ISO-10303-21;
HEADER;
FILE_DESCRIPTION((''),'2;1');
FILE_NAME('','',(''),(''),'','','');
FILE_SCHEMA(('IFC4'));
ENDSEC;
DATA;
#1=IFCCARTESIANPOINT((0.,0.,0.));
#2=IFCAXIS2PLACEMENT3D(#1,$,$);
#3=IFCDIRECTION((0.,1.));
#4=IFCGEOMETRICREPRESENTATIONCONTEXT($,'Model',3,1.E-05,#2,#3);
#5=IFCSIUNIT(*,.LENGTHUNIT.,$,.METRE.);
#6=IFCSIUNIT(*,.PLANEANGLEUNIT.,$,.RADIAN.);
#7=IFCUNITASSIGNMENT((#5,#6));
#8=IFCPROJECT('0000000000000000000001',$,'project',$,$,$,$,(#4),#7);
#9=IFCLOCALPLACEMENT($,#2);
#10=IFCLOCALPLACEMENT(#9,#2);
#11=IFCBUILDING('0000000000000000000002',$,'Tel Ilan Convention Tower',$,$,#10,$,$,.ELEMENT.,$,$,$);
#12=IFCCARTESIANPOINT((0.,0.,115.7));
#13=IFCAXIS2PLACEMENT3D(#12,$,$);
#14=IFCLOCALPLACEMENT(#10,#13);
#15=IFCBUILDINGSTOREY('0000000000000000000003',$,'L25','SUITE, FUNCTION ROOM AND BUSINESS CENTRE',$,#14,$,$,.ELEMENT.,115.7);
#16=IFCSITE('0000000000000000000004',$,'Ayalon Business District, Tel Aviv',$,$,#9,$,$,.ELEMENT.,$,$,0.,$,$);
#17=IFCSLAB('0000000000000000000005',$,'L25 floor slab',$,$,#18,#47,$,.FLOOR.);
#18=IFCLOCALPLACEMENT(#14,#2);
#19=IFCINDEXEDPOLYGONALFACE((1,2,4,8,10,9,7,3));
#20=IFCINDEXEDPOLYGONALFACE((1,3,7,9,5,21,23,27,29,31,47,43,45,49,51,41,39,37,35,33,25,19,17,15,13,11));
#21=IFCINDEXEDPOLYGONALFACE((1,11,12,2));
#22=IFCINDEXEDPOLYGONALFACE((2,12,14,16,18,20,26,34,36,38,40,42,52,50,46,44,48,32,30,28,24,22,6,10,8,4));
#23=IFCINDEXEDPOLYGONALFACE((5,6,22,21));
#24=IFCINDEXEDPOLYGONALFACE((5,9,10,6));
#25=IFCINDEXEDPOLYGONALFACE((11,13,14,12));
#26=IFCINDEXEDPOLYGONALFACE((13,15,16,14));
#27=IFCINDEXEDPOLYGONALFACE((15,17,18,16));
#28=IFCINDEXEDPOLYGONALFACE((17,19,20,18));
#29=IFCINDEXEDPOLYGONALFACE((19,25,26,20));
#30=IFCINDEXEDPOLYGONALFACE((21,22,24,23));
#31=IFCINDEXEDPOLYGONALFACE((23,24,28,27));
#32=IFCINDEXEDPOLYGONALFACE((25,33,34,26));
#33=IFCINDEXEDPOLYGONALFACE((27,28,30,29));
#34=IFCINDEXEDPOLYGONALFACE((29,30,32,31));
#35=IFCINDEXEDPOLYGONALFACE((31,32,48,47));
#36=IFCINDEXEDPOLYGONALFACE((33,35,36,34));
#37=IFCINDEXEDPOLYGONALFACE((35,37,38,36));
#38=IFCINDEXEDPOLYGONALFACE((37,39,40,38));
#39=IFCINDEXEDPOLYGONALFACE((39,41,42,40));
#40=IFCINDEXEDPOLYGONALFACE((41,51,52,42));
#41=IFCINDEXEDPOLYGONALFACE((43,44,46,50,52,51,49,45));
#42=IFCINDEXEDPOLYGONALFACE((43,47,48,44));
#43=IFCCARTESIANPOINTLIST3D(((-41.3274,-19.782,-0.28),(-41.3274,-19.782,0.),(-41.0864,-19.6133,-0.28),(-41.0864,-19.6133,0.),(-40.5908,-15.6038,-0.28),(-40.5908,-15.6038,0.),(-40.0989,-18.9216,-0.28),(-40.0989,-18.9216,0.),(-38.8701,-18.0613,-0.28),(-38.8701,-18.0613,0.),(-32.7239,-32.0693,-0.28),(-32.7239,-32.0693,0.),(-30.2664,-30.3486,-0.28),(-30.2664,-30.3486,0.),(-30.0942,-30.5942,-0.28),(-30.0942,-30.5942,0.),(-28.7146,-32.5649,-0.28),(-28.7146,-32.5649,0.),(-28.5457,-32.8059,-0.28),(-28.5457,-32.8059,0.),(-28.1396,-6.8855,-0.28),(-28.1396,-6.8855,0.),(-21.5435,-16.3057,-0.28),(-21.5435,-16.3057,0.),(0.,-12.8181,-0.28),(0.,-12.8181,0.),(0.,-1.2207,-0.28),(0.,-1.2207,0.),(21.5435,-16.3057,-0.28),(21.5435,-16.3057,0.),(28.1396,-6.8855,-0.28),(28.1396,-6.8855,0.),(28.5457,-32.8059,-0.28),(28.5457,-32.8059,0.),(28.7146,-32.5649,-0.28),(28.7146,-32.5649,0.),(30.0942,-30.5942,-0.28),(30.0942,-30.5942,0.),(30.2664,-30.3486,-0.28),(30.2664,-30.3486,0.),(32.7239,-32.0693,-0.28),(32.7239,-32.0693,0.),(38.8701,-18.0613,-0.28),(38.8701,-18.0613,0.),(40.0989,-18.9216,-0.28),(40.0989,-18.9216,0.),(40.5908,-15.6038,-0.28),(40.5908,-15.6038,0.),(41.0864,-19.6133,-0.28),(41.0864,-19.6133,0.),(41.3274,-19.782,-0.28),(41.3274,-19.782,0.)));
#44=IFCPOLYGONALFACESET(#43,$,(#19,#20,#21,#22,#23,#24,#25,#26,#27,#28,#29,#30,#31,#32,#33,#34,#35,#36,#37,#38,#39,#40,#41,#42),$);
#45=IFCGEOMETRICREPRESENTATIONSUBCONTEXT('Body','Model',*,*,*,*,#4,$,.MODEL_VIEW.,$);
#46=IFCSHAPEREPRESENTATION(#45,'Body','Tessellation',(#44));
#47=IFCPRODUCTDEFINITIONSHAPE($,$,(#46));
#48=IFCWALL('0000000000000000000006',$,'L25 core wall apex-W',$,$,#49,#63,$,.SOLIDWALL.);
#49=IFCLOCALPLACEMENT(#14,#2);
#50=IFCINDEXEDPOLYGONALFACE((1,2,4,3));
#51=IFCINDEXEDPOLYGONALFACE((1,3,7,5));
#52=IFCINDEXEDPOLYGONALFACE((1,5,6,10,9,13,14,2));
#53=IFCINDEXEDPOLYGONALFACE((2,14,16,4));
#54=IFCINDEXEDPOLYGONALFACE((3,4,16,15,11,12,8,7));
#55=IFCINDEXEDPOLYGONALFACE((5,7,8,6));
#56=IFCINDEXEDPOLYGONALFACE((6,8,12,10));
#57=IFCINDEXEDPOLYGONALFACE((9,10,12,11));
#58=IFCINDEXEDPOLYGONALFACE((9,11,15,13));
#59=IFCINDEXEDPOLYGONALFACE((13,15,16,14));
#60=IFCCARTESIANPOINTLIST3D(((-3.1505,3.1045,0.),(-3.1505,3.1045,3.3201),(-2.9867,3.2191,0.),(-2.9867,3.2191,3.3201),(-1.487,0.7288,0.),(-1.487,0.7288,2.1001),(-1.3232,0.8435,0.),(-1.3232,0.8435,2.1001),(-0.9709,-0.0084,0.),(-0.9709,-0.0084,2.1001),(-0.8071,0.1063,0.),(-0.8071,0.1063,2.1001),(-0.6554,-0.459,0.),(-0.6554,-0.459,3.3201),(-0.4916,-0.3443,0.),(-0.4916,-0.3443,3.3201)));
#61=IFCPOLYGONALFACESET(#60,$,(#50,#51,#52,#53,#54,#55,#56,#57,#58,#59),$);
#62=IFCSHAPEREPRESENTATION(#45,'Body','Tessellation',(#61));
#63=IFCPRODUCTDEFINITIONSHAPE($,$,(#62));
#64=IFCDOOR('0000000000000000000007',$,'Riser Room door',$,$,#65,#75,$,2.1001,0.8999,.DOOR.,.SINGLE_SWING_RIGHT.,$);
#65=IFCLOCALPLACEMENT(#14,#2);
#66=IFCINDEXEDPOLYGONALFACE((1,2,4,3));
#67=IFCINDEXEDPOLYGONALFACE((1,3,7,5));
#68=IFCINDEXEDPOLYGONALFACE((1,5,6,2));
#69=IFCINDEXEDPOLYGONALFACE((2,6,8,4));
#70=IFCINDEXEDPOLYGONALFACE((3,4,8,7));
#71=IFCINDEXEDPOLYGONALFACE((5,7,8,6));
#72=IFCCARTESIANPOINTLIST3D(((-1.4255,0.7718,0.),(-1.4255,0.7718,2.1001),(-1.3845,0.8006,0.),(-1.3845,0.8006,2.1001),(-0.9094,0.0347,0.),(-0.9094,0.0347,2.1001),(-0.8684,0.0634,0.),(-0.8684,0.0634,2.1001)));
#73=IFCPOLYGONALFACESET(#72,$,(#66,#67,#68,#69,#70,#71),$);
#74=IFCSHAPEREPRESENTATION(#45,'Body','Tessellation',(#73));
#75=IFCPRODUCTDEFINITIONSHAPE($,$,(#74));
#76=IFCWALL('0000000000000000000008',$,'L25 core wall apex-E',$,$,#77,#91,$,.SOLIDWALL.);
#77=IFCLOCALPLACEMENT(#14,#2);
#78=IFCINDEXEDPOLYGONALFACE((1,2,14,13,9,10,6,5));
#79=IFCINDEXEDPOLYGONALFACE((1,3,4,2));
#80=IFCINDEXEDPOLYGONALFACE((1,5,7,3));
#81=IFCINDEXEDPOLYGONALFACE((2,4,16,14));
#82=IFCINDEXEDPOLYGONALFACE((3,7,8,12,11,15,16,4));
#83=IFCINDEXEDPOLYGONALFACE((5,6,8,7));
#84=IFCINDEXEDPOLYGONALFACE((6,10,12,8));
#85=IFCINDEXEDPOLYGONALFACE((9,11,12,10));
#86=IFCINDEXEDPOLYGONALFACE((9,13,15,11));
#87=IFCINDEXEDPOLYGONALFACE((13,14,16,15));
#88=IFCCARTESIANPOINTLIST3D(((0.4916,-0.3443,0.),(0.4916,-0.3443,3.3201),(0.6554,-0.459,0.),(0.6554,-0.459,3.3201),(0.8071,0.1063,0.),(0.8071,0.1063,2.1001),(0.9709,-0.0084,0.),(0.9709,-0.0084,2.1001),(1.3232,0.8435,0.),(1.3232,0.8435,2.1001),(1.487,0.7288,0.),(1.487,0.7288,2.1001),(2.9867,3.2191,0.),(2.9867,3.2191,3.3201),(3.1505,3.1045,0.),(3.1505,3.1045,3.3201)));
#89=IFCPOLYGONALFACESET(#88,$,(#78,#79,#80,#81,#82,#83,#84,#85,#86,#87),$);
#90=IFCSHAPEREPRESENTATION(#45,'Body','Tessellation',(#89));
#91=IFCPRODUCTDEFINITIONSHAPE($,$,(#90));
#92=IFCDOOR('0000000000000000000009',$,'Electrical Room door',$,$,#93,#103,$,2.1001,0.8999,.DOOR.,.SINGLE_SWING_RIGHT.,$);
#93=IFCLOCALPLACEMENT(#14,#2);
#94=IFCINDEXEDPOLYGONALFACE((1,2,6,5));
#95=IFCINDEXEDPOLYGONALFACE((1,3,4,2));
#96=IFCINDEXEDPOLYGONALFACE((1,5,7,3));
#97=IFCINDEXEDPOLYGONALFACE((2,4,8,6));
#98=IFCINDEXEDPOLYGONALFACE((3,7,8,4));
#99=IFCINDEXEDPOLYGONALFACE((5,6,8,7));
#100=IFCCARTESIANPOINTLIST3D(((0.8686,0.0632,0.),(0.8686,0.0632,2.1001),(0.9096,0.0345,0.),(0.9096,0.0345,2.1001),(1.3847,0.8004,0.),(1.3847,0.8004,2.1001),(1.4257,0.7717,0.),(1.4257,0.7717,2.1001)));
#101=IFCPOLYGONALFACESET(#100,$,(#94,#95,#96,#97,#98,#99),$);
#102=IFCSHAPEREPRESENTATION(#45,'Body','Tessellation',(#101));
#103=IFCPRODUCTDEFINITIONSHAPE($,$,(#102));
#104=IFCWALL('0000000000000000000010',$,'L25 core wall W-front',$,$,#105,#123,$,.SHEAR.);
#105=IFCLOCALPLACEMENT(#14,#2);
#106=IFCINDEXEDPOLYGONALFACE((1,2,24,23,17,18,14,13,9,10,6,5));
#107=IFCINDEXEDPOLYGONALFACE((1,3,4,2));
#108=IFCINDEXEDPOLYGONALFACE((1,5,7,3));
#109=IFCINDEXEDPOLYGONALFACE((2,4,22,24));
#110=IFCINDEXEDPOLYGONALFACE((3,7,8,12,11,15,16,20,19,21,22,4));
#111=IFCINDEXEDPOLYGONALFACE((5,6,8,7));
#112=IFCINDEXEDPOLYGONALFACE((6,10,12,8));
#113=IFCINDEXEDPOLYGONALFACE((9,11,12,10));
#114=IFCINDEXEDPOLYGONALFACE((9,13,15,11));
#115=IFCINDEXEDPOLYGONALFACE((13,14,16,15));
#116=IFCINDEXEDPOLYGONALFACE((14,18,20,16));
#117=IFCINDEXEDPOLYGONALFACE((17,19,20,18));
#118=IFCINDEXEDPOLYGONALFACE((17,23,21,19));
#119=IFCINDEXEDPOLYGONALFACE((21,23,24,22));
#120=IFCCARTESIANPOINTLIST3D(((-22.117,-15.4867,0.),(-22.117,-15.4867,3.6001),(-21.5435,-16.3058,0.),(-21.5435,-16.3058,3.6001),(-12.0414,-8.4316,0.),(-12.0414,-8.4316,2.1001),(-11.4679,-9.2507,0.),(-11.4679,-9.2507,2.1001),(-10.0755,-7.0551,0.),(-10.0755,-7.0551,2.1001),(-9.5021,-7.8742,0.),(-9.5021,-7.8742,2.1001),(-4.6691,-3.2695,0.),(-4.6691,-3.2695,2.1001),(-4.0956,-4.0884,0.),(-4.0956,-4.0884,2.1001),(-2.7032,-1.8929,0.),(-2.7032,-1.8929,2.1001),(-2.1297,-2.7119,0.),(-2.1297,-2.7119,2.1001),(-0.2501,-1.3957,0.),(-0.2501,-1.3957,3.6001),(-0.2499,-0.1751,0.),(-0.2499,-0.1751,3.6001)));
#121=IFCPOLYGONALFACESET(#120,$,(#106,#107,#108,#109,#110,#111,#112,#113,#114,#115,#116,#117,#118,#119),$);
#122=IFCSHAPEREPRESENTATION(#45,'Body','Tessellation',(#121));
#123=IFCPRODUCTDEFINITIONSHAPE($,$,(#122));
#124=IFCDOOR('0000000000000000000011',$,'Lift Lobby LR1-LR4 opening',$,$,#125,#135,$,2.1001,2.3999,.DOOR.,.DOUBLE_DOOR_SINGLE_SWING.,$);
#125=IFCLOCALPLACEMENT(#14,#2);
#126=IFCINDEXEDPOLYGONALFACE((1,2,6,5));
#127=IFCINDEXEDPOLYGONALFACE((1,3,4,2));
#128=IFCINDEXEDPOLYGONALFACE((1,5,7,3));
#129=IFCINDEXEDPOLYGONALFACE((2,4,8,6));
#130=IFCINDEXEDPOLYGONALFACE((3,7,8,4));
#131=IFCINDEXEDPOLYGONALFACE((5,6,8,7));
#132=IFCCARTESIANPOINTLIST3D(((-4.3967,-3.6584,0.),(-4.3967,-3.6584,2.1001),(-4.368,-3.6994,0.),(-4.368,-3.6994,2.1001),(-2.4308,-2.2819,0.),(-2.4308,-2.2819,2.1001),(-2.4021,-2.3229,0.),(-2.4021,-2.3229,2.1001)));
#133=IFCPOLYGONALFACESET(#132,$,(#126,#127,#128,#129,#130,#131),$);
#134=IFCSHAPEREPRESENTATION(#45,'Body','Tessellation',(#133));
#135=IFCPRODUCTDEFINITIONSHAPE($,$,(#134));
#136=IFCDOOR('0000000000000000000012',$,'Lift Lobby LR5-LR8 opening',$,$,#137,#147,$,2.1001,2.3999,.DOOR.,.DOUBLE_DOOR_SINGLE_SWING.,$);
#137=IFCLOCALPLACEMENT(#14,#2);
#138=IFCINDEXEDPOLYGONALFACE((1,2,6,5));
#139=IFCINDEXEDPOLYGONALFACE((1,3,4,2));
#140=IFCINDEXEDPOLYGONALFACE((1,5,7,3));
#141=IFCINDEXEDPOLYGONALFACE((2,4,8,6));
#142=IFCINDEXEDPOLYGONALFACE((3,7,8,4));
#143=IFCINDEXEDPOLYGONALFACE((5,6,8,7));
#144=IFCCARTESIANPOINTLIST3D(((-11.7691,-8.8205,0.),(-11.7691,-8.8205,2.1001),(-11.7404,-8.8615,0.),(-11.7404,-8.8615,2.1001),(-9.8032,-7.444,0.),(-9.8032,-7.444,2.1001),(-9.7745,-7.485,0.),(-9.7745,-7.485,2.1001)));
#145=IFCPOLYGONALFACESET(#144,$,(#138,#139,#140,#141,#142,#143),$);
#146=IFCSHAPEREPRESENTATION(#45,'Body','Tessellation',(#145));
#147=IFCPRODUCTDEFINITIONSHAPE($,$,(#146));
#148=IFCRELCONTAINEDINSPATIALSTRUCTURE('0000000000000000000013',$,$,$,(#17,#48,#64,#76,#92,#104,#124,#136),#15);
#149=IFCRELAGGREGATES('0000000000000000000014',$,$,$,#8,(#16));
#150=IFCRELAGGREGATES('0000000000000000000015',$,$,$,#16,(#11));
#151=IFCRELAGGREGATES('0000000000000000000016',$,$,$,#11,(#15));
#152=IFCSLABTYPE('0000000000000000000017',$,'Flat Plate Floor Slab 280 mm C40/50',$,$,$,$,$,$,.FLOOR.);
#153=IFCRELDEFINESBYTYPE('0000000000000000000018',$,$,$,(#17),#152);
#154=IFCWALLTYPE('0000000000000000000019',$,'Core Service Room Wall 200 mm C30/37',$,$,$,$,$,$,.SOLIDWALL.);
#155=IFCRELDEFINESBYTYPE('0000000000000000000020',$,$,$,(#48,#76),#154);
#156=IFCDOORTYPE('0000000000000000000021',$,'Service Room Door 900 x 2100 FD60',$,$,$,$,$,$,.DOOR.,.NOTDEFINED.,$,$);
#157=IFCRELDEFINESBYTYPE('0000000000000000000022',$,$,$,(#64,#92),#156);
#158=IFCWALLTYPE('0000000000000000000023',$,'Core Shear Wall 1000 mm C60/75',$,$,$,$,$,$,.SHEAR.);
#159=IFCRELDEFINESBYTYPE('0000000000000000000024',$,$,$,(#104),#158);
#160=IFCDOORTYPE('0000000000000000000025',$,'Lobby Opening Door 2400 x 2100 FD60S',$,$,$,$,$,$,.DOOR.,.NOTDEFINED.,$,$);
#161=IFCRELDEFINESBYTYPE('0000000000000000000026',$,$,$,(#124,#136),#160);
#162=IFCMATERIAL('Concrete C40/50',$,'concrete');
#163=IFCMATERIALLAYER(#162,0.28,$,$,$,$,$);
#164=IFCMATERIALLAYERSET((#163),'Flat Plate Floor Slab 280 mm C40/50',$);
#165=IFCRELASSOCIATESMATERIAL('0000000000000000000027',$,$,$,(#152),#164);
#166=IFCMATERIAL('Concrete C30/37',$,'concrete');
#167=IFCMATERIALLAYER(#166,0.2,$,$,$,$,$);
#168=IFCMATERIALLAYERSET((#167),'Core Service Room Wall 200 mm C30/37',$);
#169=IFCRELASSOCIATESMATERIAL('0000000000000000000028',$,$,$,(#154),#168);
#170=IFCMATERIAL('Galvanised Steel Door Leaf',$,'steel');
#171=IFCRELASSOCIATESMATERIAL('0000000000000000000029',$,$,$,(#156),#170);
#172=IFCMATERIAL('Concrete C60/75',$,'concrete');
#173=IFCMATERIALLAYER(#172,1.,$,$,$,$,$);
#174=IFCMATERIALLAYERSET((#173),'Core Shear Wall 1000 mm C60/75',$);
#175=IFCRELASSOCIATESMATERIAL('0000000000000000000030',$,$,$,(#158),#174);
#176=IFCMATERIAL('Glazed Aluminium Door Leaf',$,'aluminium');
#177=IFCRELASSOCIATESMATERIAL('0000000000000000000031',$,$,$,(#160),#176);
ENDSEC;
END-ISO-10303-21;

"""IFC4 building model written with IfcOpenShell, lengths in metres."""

from ifc_helpers import new_model, si_unit, direction, frame, frame_2d, origin, place, context, subcontext, project, spatial, polyline, rectangle, outline, extrude, material, layer, layer_set, type_object, element, fill, save


model = new_model("IFC4")

# Units and contexts
model_context = context("Model", 3, precision=1e-05, world=origin(), true_north=direction((0.0, 1.0)))
body_context = subcontext(model_context, "Body", "Model", "MODEL_VIEW")
ifc_project = project(units=[si_unit("LENGTHUNIT", "METRE"), si_unit("PLANEANGLEUNIT", "RADIAN")], contexts=[model_context])

# Site, building, storey
site_placement = place(None, origin())
site = spatial("IfcSite", under=ifc_project, at=site_placement, Name="Ayalon Business District, Tel Aviv", CompositionType="ELEMENT", RefElevation=0.0)
building_placement = place(site_placement, origin())
building = spatial("IfcBuilding", under=site, at=building_placement, Name="Tel Ilan Convention Tower", CompositionType="ELEMENT")
storey_placement = place(building_placement, frame((0.0, 0.0, 115.7)))
storey = spatial("IfcBuildingStorey", under=building, at=storey_placement, Name="L25", Description="SUITE, FUNCTION ROOM AND BUSINESS CENTRE", CompositionType="ELEMENT", Elevation=115.7)

# Slab
ifc_material_1 = material(Name="Concrete C40/50", Category="concrete")
ifc_layer_1 = layer(ifc_material_1, 0.28)
ifc_layer_set_1 = layer_set([ifc_layer_1], Name="Flat Plate Floor Slab 280 mm C40/50")
slab_type_1 = type_object("IfcSlabType", Name="Flat Plate Floor Slab 280 mm C40/50", PredefinedType="FLOOR", material=ifc_layer_set_1)
slab_1_placement = place(storey_placement, frame((0.0, 0.0, -0.28)))
element("IfcSlab", 1, at=slab_1_placement, inside=storey, type_object=slab_type_1, Name="L25 floor slab", PredefinedType="FLOOR", context=body_context, shape_type="SweptSolid", body=[
    extrude(outline(polyline([(41.0864, -19.6133), (41.3274, -19.782), (32.7239, -32.0693), (30.2664, -30.3486), (30.0942, -30.5942), (28.7146, -32.5649), (28.5457, -32.8059), (0.0, -12.8181), (-28.5457, -32.8059), (-28.7146, -32.5649), (-30.0942, -30.5942), (-30.2664, -30.3486), (-32.7239, -32.0693), (-41.3274, -19.782), (-41.0864, -19.6133), (-40.0989, -18.9216), (-38.8701, -18.0613), (-40.5908, -15.6038), (-28.1396, -6.8855), (-21.5435, -16.3057), (0.0, -1.2207), (21.5435, -16.3057), (28.1396, -6.8855), (40.5908, -15.6038), (38.8701, -18.0613), (40.0989, -18.9216), (41.0864, -19.6133)])), origin(), (0.0, 0.0, 1.0), 0.28),
])

# Walls, openings, doors
ifc_material_2 = material(Name="Concrete C30/37", Category="concrete")
ifc_layer_2 = layer(ifc_material_2, 0.2)
ifc_layer_set_2 = layer_set([ifc_layer_2], Name="Core Service Room Wall 200 mm C30/37")
wall_type_1 = type_object("IfcWallType", Name="Core Service Room Wall 200 mm C30/37", PredefinedType="SOLIDWALL", material=ifc_layer_set_2)
wall_1_placement = place(storey_placement, frame((-0.5735, -0.4016, 0.0), z_axis=(0.0, 0.0, 1.0), x_axis=(-0.573568, 0.819158, 0.0)))
wall_1 = element("IfcWall", 2, at=wall_1_placement, inside=storey, type_object=wall_type_1, Name="L25 core wall apex-W", PredefinedType="SOLIDWALL", context=body_context, shape_type="SweptSolid", body=[
    extrude(rectangle(XDim=4.3501, YDim=0.2, at=frame_2d((2.175, 0.0))), origin(), (0.0, 0.0, 1.0), 3.3201),
])
opening_1_placement = place(wall_1_placement, frame((0.55, 0.0, 0.0)))
opening_1 = element("IfcOpeningElement", 3, at=opening_1_placement, cuts=wall_1, PredefinedType="OPENING", context=body_context, shape_type="SweptSolid", body=[
    extrude(rectangle(XDim=0.8999, YDim=2.1001, at=frame_2d((0.45, 1.05))), frame((0.0, 0.1099, 0.0), z_axis=(0.0, -1.0, 0.0), x_axis=(1.0, 0.0, 0.0)), (0.0, 0.0, 1.0), 0.22),
])
ifc_material_3 = material(Name="Galvanised Steel Door Leaf", Category="steel")
door_type_1 = type_object("IfcDoorType", Name="Service Room Door 900 x 2100 FD60", OperationType="NOTDEFINED", PredefinedType="DOOR", material=ifc_material_3)
door_1_placement = place(opening_1_placement, origin())
door_1 = element("IfcDoor", 4, at=door_1_placement, inside=storey, type_object=door_type_1, Name="Riser Room door", OperationType="SINGLE_SWING_RIGHT", OverallHeight=2.1001, OverallWidth=0.8999, PredefinedType="DOOR", context=body_context, shape_type="SweptSolid", body=[
    extrude(rectangle(XDim=0.8999, YDim=2.1001, at=frame_2d((0.45, 1.05))), frame((0.0, 0.0249, 0.0), z_axis=(0.0, -1.0, 0.0), x_axis=(1.0, 0.0, 0.0)), (0.0, 0.0, 1.0), 0.05),
])
fill(opening_1, door_1)
wall_2_placement = place(storey_placement, frame((0.5735, -0.4016, 0.0), z_axis=(0.0, 0.0, 1.0), x_axis=(0.573568, 0.819158, 0.0)))
wall_2 = element("IfcWall", 5, at=wall_2_placement, inside=storey, type_object=wall_type_1, Name="L25 core wall apex-E", PredefinedType="SOLIDWALL", context=body_context, shape_type="SweptSolid", body=[
    extrude(rectangle(XDim=4.3501, YDim=0.2, at=frame_2d((2.175, 0.0))), origin(), (0.0, 0.0, 1.0), 3.3201),
])
opening_2_placement = place(wall_2_placement, frame((0.55, 0.0, 0.0)))
opening_2 = element("IfcOpeningElement", 6, at=opening_2_placement, cuts=wall_2, PredefinedType="OPENING", context=body_context, shape_type="SweptSolid", body=[
    extrude(rectangle(XDim=0.8999, YDim=2.1001, at=frame_2d((0.45, 1.05))), frame((0.0, 0.1099, 0.0), z_axis=(0.0, -1.0, 0.0), x_axis=(1.0, 0.0, 0.0)), (0.0, 0.0, 1.0), 0.22),
])
door_2_placement = place(opening_2_placement, origin())
door_2 = element("IfcDoor", 7, at=door_2_placement, inside=storey, type_object=door_type_1, Name="Electrical Room door", OperationType="SINGLE_SWING_RIGHT", OverallHeight=2.1001, OverallWidth=0.8999, PredefinedType="DOOR", context=body_context, shape_type="SweptSolid", body=[
    extrude(rectangle(XDim=0.8999, YDim=2.1001, at=frame_2d((0.45, 1.05))), frame((0.0, 0.0249, 0.0), z_axis=(0.0, -1.0, 0.0), x_axis=(1.0, 0.0, 0.0)), (0.0, 0.0, 1.0), 0.05),
])
fill(opening_2, door_2)

# Wall, openings, doors
ifc_material_4 = material(Name="Concrete C60/75", Category="concrete")
ifc_layer_3 = layer(ifc_material_4, 1.0)
ifc_layer_set_3 = layer_set([ifc_layer_3], Name="Core Shear Wall 1000 mm C60/75")
wall_type_2 = type_object("IfcWallType", Name="Core Shear Wall 1000 mm C60/75", PredefinedType="SHEAR", material=ifc_layer_set_3)
wall_3_placement = place(storey_placement, frame((0.0369, -0.5847, 0.0), z_axis=(0.0, 0.0, 1.0), x_axis=(-0.819157, -0.573569, 0.0)))
wall_3 = element("IfcWall", 8, at=wall_3_placement, inside=storey, type_object=wall_type_2, Name="L25 core wall W-front", PredefinedType="SHEAR", context=body_context, shape_type="SweptSolid", body=[
    extrude(outline(polyline([(26.6948, 0.5002), (0.7002, 0.4998), (0.0, -0.5), (26.6948, -0.4998), (26.6948, 0.5002)])), origin(), (0.0, 0.0, 1.0), 3.6001),
])
opening_3_placement = place(wall_3_placement, frame((2.9949, 0.0, 0.0)))
opening_3 = element("IfcOpeningElement", 9, at=opening_3_placement, cuts=wall_3, PredefinedType="OPENING", context=body_context, shape_type="SweptSolid", body=[
    extrude(rectangle(XDim=2.3999, YDim=2.1001, at=frame_2d((1.2, 1.05))), frame((0.0, 0.51, 0.0), z_axis=(0.0, -1.0, 0.0), x_axis=(1.0, 0.0, 0.0)), (0.0, 0.0, 1.0), 1.02),
])
opening_4_placement = place(wall_3_placement, frame((11.9949, 0.0, 0.0)))
opening_4 = element("IfcOpeningElement", 10, at=opening_4_placement, cuts=wall_3, PredefinedType="OPENING", context=body_context, shape_type="SweptSolid", body=[
    extrude(rectangle(XDim=2.3999, YDim=2.1001, at=frame_2d((1.2, 1.05))), frame((0.0, 0.51, 0.0), z_axis=(0.0, -1.0, 0.0), x_axis=(1.0, 0.0, 0.0)), (0.0, 0.0, 1.0), 1.02),
])
ifc_material_5 = material(Name="Glazed Aluminium Door Leaf", Category="aluminium")
door_type_2 = type_object("IfcDoorType", Name="Lobby Opening Door 2400 x 2100 FD60S", OperationType="NOTDEFINED", PredefinedType="DOOR", material=ifc_material_5)
door_3_placement = place(opening_3_placement, origin())
door_3 = element("IfcDoor", 11, at=door_3_placement, inside=storey, type_object=door_type_2, Name="Lift Lobby LR1-LR4 opening", OperationType="DOUBLE_DOOR_SINGLE_SWING", OverallHeight=2.1001, OverallWidth=2.3999, PredefinedType="DOOR", context=body_context, shape_type="SweptSolid", body=[
    extrude(rectangle(XDim=2.3999, YDim=2.1001, at=frame_2d((1.2, 1.05))), frame((0.0, 0.0249, 0.0), z_axis=(0.0, -1.0, 0.0), x_axis=(1.0, 0.0, 0.0)), (0.0, 0.0, 1.0), 0.05),
])
fill(opening_3, door_3)
door_4_placement = place(opening_4_placement, origin())
door_4 = element("IfcDoor", 12, at=door_4_placement, inside=storey, type_object=door_type_2, Name="Lift Lobby LR5-LR8 opening", OperationType="DOUBLE_DOOR_SINGLE_SWING", OverallHeight=2.1001, OverallWidth=2.3999, PredefinedType="DOOR", context=body_context, shape_type="SweptSolid", body=[
    extrude(rectangle(XDim=2.3999, YDim=2.1001, at=frame_2d((1.2, 1.05))), frame((0.0, 0.0249, 0.0), z_axis=(0.0, -1.0, 0.0), x_axis=(1.0, 0.0, 0.0)), (0.0, 0.0, 1.0), 0.05),
])
fill(opening_4, door_4)

save(model, "model.ifc")
